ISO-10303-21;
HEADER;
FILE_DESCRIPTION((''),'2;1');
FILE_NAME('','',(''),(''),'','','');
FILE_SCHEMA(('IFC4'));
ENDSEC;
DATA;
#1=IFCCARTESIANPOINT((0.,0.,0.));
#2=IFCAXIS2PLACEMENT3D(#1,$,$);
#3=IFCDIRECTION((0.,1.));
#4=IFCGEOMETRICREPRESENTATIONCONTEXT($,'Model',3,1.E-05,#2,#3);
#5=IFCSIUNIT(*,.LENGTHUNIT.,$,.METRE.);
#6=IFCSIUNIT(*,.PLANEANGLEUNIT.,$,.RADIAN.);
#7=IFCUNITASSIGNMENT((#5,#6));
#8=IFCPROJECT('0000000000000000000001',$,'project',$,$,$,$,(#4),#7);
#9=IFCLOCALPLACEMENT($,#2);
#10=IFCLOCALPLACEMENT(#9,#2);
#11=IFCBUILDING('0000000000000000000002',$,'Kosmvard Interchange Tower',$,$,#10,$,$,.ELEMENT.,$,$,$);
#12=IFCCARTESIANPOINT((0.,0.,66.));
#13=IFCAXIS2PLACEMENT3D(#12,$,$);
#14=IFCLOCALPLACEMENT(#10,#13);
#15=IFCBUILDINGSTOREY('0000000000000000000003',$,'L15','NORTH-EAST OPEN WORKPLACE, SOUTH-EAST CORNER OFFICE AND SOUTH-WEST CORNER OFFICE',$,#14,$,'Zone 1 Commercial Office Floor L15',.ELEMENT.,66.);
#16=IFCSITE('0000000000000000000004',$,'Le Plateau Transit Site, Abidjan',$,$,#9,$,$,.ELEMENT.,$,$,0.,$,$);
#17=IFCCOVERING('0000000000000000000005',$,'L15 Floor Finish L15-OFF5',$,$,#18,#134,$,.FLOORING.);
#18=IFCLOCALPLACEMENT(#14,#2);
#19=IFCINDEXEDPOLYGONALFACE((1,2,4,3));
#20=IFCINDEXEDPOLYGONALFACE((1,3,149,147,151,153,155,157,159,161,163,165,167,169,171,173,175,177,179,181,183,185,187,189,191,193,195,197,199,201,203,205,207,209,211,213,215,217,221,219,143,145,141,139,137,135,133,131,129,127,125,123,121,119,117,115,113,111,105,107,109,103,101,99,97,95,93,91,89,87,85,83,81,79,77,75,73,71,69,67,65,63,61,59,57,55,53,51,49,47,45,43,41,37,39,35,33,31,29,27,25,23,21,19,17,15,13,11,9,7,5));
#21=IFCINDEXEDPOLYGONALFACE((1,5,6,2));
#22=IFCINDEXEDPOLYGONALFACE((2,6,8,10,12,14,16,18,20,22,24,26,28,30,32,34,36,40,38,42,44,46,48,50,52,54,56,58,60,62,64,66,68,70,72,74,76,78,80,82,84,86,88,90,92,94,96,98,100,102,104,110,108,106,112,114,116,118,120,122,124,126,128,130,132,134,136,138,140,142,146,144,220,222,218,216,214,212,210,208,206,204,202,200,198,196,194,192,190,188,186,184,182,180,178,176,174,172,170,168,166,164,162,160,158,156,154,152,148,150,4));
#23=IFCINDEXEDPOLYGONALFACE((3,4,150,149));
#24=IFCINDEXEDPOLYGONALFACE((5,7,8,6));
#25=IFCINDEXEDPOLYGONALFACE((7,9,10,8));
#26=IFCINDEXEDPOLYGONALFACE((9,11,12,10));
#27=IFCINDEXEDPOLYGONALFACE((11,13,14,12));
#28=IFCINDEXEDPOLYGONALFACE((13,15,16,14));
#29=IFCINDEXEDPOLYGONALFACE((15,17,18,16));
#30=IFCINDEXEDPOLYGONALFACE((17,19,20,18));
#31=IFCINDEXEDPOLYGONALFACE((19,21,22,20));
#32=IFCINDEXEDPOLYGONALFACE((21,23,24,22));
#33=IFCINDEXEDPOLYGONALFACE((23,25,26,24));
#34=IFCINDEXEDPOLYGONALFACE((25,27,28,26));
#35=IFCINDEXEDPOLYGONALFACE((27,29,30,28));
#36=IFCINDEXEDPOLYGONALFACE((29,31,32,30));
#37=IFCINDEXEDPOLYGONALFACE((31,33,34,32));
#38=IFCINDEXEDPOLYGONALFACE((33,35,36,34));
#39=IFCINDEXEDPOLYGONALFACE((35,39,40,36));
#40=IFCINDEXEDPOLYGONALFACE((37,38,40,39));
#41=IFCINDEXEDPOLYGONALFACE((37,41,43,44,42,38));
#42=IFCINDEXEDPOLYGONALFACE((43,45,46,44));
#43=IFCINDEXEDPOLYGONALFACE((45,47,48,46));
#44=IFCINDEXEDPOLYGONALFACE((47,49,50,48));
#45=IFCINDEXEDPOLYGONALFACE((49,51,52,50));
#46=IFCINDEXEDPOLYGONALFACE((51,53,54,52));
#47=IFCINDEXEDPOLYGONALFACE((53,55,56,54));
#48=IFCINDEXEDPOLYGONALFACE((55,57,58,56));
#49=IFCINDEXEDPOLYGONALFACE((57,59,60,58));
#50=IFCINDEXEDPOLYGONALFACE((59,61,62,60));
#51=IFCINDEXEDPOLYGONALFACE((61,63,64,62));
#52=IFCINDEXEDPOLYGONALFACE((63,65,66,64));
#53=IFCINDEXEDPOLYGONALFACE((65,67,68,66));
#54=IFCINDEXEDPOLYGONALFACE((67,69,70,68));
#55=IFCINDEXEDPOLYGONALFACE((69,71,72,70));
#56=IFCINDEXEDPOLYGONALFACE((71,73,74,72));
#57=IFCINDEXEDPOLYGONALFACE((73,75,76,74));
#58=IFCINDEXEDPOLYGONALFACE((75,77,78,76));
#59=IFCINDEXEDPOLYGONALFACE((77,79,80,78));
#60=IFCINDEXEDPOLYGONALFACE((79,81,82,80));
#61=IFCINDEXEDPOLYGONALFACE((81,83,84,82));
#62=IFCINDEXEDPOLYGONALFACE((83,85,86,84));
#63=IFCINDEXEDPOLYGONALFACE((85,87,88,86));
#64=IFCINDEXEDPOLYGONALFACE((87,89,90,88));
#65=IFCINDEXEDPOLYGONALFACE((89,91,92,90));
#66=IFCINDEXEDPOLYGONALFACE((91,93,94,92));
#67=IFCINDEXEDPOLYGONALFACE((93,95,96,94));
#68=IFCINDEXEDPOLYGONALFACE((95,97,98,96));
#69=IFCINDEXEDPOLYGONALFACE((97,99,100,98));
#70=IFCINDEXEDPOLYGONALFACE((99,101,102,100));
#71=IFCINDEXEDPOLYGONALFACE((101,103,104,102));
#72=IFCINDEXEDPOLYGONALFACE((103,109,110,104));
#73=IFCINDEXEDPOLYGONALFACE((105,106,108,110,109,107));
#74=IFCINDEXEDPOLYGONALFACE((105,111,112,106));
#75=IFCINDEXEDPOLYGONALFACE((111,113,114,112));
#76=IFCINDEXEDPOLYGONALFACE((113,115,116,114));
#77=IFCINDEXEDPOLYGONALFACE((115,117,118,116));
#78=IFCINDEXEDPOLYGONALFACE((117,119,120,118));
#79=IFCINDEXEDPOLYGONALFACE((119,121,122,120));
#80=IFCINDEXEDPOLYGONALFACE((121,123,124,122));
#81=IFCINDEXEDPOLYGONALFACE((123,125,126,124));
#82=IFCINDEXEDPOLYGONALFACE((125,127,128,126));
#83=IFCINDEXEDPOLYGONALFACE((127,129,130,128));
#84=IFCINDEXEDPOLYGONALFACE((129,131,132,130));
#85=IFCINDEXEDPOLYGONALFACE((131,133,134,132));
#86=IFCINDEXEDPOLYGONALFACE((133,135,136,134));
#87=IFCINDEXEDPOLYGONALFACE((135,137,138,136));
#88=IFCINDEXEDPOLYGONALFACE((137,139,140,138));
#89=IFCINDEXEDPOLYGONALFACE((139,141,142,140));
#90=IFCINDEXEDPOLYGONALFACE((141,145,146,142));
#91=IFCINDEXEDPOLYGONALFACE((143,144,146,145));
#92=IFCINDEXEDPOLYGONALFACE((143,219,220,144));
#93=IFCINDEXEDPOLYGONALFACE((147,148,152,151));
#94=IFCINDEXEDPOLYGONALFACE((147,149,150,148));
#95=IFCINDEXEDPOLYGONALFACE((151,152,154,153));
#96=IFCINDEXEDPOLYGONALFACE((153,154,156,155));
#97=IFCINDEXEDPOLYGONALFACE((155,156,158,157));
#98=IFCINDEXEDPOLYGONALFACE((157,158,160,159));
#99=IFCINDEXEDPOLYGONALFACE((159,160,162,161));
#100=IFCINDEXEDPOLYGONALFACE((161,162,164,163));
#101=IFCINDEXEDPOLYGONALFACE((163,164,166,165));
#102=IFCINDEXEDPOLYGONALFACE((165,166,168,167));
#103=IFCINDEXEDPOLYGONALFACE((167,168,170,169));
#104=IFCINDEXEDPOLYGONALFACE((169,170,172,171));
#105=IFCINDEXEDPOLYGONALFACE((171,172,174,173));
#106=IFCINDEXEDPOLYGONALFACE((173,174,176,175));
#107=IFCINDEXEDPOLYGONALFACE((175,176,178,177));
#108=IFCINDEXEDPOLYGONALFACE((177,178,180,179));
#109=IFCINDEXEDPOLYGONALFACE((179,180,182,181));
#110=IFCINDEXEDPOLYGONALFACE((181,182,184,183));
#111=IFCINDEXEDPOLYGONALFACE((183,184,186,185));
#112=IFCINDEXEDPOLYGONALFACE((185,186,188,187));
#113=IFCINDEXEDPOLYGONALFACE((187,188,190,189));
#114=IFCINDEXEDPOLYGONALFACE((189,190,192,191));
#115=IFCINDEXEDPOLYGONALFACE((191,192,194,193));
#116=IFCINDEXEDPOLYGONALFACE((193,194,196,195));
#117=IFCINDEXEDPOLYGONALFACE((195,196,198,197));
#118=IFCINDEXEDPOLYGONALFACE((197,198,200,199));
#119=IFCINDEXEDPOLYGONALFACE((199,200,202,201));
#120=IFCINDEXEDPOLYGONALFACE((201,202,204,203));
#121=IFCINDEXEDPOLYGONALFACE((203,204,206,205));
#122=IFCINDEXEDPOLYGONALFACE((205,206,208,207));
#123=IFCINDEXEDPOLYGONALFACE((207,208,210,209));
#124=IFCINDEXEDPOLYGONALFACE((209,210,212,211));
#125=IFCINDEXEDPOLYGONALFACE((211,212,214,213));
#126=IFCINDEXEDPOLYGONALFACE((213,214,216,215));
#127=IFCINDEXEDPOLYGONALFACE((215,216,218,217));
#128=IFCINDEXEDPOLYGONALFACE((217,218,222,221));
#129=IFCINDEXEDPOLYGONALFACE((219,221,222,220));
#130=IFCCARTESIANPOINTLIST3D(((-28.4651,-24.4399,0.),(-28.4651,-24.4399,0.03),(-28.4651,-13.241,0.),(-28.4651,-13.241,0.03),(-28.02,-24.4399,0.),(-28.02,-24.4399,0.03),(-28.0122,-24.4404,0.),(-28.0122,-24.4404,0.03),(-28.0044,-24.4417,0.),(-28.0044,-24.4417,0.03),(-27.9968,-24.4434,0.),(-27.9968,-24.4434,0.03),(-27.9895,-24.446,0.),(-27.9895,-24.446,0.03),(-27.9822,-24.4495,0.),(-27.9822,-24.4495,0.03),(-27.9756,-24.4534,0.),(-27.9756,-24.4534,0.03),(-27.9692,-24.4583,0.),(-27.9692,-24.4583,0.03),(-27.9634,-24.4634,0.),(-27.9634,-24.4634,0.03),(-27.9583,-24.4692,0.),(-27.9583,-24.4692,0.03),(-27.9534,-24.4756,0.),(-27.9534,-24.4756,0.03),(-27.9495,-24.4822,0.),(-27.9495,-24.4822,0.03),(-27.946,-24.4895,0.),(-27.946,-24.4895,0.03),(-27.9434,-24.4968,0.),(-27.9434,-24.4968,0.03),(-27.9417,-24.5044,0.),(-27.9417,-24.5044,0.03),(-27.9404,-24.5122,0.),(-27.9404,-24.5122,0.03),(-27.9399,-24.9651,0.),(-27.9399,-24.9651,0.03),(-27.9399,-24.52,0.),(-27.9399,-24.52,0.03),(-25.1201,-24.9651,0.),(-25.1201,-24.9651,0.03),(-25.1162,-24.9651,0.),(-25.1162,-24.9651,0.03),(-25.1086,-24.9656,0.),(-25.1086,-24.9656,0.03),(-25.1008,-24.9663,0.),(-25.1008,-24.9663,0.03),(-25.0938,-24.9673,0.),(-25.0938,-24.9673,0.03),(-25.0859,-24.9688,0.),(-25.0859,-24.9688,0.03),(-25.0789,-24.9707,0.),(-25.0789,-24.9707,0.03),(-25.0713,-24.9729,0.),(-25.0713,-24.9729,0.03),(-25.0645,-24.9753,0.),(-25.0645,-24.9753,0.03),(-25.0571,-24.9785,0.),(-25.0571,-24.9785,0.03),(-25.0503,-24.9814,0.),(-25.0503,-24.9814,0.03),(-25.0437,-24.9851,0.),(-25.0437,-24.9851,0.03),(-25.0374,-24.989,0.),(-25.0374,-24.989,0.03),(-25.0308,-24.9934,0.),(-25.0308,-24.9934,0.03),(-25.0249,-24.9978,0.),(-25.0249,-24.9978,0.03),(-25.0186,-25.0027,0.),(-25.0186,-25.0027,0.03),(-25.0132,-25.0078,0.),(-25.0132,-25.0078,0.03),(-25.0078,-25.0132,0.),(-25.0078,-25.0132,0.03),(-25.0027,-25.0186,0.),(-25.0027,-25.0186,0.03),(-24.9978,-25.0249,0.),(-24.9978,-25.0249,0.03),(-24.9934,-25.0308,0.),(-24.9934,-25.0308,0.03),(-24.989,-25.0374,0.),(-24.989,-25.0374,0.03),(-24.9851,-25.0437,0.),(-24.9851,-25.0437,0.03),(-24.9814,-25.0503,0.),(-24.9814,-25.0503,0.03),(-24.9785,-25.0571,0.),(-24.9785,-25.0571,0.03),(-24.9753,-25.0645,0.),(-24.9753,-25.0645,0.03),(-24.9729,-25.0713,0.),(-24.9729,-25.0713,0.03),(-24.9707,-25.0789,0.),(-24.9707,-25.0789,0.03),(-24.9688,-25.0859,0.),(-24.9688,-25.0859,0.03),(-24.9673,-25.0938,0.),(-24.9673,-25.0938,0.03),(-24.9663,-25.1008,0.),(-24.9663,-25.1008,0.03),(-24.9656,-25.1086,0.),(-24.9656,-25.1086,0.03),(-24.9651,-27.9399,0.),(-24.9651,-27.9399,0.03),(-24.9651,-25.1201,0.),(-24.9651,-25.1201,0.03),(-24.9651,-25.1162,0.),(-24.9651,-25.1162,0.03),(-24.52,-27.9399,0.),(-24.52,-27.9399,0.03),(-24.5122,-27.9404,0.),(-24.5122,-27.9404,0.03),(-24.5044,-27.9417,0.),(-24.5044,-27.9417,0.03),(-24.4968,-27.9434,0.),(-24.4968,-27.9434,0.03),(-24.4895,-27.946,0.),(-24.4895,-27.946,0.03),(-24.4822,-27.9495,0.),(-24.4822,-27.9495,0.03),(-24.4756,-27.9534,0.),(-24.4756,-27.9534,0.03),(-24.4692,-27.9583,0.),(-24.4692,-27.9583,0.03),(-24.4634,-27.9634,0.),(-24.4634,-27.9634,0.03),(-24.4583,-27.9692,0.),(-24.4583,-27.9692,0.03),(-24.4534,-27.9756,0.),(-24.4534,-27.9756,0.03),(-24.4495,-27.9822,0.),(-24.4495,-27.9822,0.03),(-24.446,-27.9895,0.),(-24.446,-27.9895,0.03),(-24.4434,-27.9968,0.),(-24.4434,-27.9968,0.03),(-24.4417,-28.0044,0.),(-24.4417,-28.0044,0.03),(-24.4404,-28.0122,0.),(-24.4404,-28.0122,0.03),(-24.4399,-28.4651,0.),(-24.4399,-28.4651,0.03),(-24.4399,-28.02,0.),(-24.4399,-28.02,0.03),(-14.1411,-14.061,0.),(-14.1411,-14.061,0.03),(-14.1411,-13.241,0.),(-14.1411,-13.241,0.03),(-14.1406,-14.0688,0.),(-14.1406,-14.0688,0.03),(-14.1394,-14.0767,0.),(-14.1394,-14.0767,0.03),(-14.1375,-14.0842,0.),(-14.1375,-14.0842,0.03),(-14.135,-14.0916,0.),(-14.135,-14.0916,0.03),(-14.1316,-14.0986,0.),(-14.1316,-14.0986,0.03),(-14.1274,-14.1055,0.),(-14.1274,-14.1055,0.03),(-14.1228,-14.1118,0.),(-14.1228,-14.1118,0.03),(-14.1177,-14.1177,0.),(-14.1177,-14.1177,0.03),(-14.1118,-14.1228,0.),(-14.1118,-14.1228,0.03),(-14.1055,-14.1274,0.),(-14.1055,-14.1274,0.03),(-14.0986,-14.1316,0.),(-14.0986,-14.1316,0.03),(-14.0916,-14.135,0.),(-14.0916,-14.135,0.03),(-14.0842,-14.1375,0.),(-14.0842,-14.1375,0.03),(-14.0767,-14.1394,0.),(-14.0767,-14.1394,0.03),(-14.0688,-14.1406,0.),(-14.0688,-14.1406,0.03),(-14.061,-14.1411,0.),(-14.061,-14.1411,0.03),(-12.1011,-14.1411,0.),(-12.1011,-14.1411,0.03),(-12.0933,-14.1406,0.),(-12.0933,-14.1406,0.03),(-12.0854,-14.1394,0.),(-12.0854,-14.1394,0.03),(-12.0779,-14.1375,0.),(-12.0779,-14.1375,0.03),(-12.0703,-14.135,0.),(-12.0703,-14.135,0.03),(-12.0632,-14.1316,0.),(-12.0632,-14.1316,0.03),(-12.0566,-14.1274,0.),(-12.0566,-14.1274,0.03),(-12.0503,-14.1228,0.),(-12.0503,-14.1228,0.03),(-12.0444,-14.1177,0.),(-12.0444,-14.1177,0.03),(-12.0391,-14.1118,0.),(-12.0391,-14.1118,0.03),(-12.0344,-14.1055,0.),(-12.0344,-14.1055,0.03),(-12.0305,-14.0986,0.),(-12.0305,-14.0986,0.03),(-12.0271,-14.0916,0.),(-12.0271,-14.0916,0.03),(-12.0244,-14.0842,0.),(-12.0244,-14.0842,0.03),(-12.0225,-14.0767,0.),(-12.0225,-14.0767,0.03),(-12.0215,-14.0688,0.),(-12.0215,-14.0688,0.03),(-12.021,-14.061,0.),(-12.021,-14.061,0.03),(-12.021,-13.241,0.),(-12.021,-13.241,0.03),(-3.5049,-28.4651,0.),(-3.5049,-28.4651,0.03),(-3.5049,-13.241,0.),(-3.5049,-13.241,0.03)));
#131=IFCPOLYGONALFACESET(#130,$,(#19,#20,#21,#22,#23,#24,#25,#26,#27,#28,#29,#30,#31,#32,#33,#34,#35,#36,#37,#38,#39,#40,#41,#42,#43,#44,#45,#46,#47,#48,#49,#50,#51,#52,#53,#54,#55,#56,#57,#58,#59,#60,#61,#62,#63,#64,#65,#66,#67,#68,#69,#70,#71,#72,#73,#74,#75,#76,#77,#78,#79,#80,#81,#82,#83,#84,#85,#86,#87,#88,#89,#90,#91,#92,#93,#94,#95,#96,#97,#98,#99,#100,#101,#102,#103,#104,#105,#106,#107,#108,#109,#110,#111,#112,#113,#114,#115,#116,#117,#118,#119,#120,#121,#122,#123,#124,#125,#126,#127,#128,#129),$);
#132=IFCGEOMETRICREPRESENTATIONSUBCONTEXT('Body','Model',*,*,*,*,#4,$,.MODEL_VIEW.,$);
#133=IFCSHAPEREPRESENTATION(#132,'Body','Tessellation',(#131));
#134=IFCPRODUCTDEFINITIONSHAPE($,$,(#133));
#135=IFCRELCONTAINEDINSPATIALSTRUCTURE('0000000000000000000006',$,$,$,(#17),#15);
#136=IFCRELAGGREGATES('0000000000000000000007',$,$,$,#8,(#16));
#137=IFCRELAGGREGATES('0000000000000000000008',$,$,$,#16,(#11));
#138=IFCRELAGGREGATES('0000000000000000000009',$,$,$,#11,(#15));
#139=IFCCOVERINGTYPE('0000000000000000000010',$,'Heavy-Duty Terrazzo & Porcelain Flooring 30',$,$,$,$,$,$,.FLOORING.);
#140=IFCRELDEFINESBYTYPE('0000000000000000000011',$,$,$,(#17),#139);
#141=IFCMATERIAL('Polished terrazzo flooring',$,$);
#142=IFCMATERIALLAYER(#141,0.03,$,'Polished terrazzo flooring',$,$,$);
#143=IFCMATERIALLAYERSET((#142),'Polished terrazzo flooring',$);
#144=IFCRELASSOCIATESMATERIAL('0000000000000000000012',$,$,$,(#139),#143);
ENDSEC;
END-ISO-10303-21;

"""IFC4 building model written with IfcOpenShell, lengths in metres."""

from ifc_helpers import new_model, si_unit, direction, frame, origin, place, context, subcontext, project, spatial, polyline, outline, extrude, material, layer, layer_set, type_object, element, save


model = new_model("IFC4")

# Units and contexts
model_context = context("Model", 3, precision=1e-05, world=origin(), true_north=direction((0.0, 1.0)))
body_context = subcontext(model_context, "Body", "Model", "MODEL_VIEW")
ifc_project = project(units=[si_unit("LENGTHUNIT", "METRE"), si_unit("PLANEANGLEUNIT", "RADIAN")], contexts=[model_context])

# Site, building, storey
site_placement = place(None, origin())
site = spatial("IfcSite", under=ifc_project, at=site_placement, Name="Le Plateau Transit Site, Abidjan", CompositionType="ELEMENT", RefElevation=0.0)
building_placement = place(site_placement, origin())
building = spatial("IfcBuilding", under=site, at=building_placement, Name="Kosmvard Interchange Tower", CompositionType="ELEMENT")
storey_placement = place(building_placement, frame((0.0, 0.0, 66.0)))
storey = spatial("IfcBuildingStorey", under=building, at=storey_placement, Name="L15", Description="NORTH-EAST OPEN WORKPLACE, SOUTH-EAST CORNER OFFICE AND SOUTH-WEST CORNER OFFICE", LongName="Zone 1 Commercial Office Floor L15", CompositionType="ELEMENT", Elevation=66.0)

# Covering
ifc_material_1 = material(Name="Polished terrazzo flooring")
ifc_layer_1 = layer(ifc_material_1, 0.03, Name="Polished terrazzo flooring")
ifc_layer_set_1 = layer_set([ifc_layer_1], Name="Polished terrazzo flooring")
covering_type_1 = type_object("IfcCoveringType", Name="Heavy-Duty Terrazzo & Porcelain Flooring 30", PredefinedType="FLOORING", material=ifc_layer_set_1)
covering_1_placement = place(storey_placement, origin())
element("IfcCovering", 1, at=covering_1_placement, inside=storey, type_object=covering_type_1, Name="L15 Floor Finish L15-OFF5", PredefinedType="FLOORING", context=body_context, shape_type="SweptSolid", body=[
    extrude(outline(polyline([(-24.9651, -27.9399), (-24.52, -27.9399), (-24.5122, -27.9404), (-24.5044, -27.9417), (-24.4968, -27.9434), (-24.4895, -27.946), (-24.4822, -27.9495), (-24.4756, -27.9534), (-24.4692, -27.9583), (-24.4634, -27.9634), (-24.4583, -27.9692), (-24.4534, -27.9756), (-24.4495, -27.9822), (-24.446, -27.9895), (-24.4434, -27.9968), (-24.4417, -28.0044), (-24.4404, -28.0122), (-24.4399, -28.02), (-24.4399, -28.4651), (-3.5049, -28.4651), (-3.5049, -13.241), (-12.021, -13.241), (-12.021, -14.061), (-12.0215, -14.0688), (-12.0225, -14.0767), (-12.0244, -14.0842), (-12.0271, -14.0916), (-12.0305, -14.0986), (-12.0344, -14.1055), (-12.0391, -14.1118), (-12.0444, -14.1177), (-12.0503, -14.1228), (-12.0566, -14.1274), (-12.0632, -14.1316), (-12.0703, -14.135), (-12.0779, -14.1375), (-12.0854, -14.1394), (-12.0933, -14.1406), (-12.1011, -14.1411), (-14.061, -14.1411), (-14.0688, -14.1406), (-14.0767, -14.1394), (-14.0842, -14.1375), (-14.0916, -14.135), (-14.0986, -14.1316), (-14.1055, -14.1274), (-14.1118, -14.1228), (-14.1177, -14.1177), (-14.1228, -14.1118), (-14.1274, -14.1055), (-14.1316, -14.0986), (-14.135, -14.0916), (-14.1375, -14.0842), (-14.1394, -14.0767), (-14.1406, -14.0688), (-14.1411, -14.061), (-14.1411, -13.241), (-28.4651, -13.241), (-28.4651, -24.4399), (-28.02, -24.4399), (-28.0122, -24.4404), (-28.0044, -24.4417), (-27.9968, -24.4434), (-27.9895, -24.446), (-27.9822, -24.4495), (-27.9756, -24.4534), (-27.9692, -24.4583), (-27.9634, -24.4634), (-27.9583, -24.4692), (-27.9534, -24.4756), (-27.9495, -24.4822), (-27.946, -24.4895), (-27.9434, -24.4968), (-27.9417, -24.5044), (-27.9404, -24.5122), (-27.9399, -24.52), (-27.9399, -24.9651), (-25.1201, -24.9651), (-25.1162, -24.9651), (-25.1086, -24.9656), (-25.1008, -24.9663), (-25.0938, -24.9673), (-25.0859, -24.9688), (-25.0789, -24.9707), (-25.0713, -24.9729), (-25.0645, -24.9753), (-25.0571, -24.9785), (-25.0503, -24.9814), (-25.0437, -24.9851), (-25.0374, -24.989), (-25.0308, -24.9934), (-25.0249, -24.9978), (-25.0186, -25.0027), (-25.0132, -25.0078), (-25.0078, -25.0132), (-25.0027, -25.0186), (-24.9978, -25.0249), (-24.9934, -25.0308), (-24.989, -25.0374), (-24.9851, -25.0437), (-24.9814, -25.0503), (-24.9785, -25.0571), (-24.9753, -25.0645), (-24.9729, -25.0713), (-24.9707, -25.0789), (-24.9688, -25.0859), (-24.9673, -25.0938), (-24.9663, -25.1008), (-24.9656, -25.1086), (-24.9651, -25.1162), (-24.9651, -25.1201), (-24.9651, -27.9399)])), origin(), (0.0, 0.0, 1.0), 0.03),
])

save(model, "model.ifc")
